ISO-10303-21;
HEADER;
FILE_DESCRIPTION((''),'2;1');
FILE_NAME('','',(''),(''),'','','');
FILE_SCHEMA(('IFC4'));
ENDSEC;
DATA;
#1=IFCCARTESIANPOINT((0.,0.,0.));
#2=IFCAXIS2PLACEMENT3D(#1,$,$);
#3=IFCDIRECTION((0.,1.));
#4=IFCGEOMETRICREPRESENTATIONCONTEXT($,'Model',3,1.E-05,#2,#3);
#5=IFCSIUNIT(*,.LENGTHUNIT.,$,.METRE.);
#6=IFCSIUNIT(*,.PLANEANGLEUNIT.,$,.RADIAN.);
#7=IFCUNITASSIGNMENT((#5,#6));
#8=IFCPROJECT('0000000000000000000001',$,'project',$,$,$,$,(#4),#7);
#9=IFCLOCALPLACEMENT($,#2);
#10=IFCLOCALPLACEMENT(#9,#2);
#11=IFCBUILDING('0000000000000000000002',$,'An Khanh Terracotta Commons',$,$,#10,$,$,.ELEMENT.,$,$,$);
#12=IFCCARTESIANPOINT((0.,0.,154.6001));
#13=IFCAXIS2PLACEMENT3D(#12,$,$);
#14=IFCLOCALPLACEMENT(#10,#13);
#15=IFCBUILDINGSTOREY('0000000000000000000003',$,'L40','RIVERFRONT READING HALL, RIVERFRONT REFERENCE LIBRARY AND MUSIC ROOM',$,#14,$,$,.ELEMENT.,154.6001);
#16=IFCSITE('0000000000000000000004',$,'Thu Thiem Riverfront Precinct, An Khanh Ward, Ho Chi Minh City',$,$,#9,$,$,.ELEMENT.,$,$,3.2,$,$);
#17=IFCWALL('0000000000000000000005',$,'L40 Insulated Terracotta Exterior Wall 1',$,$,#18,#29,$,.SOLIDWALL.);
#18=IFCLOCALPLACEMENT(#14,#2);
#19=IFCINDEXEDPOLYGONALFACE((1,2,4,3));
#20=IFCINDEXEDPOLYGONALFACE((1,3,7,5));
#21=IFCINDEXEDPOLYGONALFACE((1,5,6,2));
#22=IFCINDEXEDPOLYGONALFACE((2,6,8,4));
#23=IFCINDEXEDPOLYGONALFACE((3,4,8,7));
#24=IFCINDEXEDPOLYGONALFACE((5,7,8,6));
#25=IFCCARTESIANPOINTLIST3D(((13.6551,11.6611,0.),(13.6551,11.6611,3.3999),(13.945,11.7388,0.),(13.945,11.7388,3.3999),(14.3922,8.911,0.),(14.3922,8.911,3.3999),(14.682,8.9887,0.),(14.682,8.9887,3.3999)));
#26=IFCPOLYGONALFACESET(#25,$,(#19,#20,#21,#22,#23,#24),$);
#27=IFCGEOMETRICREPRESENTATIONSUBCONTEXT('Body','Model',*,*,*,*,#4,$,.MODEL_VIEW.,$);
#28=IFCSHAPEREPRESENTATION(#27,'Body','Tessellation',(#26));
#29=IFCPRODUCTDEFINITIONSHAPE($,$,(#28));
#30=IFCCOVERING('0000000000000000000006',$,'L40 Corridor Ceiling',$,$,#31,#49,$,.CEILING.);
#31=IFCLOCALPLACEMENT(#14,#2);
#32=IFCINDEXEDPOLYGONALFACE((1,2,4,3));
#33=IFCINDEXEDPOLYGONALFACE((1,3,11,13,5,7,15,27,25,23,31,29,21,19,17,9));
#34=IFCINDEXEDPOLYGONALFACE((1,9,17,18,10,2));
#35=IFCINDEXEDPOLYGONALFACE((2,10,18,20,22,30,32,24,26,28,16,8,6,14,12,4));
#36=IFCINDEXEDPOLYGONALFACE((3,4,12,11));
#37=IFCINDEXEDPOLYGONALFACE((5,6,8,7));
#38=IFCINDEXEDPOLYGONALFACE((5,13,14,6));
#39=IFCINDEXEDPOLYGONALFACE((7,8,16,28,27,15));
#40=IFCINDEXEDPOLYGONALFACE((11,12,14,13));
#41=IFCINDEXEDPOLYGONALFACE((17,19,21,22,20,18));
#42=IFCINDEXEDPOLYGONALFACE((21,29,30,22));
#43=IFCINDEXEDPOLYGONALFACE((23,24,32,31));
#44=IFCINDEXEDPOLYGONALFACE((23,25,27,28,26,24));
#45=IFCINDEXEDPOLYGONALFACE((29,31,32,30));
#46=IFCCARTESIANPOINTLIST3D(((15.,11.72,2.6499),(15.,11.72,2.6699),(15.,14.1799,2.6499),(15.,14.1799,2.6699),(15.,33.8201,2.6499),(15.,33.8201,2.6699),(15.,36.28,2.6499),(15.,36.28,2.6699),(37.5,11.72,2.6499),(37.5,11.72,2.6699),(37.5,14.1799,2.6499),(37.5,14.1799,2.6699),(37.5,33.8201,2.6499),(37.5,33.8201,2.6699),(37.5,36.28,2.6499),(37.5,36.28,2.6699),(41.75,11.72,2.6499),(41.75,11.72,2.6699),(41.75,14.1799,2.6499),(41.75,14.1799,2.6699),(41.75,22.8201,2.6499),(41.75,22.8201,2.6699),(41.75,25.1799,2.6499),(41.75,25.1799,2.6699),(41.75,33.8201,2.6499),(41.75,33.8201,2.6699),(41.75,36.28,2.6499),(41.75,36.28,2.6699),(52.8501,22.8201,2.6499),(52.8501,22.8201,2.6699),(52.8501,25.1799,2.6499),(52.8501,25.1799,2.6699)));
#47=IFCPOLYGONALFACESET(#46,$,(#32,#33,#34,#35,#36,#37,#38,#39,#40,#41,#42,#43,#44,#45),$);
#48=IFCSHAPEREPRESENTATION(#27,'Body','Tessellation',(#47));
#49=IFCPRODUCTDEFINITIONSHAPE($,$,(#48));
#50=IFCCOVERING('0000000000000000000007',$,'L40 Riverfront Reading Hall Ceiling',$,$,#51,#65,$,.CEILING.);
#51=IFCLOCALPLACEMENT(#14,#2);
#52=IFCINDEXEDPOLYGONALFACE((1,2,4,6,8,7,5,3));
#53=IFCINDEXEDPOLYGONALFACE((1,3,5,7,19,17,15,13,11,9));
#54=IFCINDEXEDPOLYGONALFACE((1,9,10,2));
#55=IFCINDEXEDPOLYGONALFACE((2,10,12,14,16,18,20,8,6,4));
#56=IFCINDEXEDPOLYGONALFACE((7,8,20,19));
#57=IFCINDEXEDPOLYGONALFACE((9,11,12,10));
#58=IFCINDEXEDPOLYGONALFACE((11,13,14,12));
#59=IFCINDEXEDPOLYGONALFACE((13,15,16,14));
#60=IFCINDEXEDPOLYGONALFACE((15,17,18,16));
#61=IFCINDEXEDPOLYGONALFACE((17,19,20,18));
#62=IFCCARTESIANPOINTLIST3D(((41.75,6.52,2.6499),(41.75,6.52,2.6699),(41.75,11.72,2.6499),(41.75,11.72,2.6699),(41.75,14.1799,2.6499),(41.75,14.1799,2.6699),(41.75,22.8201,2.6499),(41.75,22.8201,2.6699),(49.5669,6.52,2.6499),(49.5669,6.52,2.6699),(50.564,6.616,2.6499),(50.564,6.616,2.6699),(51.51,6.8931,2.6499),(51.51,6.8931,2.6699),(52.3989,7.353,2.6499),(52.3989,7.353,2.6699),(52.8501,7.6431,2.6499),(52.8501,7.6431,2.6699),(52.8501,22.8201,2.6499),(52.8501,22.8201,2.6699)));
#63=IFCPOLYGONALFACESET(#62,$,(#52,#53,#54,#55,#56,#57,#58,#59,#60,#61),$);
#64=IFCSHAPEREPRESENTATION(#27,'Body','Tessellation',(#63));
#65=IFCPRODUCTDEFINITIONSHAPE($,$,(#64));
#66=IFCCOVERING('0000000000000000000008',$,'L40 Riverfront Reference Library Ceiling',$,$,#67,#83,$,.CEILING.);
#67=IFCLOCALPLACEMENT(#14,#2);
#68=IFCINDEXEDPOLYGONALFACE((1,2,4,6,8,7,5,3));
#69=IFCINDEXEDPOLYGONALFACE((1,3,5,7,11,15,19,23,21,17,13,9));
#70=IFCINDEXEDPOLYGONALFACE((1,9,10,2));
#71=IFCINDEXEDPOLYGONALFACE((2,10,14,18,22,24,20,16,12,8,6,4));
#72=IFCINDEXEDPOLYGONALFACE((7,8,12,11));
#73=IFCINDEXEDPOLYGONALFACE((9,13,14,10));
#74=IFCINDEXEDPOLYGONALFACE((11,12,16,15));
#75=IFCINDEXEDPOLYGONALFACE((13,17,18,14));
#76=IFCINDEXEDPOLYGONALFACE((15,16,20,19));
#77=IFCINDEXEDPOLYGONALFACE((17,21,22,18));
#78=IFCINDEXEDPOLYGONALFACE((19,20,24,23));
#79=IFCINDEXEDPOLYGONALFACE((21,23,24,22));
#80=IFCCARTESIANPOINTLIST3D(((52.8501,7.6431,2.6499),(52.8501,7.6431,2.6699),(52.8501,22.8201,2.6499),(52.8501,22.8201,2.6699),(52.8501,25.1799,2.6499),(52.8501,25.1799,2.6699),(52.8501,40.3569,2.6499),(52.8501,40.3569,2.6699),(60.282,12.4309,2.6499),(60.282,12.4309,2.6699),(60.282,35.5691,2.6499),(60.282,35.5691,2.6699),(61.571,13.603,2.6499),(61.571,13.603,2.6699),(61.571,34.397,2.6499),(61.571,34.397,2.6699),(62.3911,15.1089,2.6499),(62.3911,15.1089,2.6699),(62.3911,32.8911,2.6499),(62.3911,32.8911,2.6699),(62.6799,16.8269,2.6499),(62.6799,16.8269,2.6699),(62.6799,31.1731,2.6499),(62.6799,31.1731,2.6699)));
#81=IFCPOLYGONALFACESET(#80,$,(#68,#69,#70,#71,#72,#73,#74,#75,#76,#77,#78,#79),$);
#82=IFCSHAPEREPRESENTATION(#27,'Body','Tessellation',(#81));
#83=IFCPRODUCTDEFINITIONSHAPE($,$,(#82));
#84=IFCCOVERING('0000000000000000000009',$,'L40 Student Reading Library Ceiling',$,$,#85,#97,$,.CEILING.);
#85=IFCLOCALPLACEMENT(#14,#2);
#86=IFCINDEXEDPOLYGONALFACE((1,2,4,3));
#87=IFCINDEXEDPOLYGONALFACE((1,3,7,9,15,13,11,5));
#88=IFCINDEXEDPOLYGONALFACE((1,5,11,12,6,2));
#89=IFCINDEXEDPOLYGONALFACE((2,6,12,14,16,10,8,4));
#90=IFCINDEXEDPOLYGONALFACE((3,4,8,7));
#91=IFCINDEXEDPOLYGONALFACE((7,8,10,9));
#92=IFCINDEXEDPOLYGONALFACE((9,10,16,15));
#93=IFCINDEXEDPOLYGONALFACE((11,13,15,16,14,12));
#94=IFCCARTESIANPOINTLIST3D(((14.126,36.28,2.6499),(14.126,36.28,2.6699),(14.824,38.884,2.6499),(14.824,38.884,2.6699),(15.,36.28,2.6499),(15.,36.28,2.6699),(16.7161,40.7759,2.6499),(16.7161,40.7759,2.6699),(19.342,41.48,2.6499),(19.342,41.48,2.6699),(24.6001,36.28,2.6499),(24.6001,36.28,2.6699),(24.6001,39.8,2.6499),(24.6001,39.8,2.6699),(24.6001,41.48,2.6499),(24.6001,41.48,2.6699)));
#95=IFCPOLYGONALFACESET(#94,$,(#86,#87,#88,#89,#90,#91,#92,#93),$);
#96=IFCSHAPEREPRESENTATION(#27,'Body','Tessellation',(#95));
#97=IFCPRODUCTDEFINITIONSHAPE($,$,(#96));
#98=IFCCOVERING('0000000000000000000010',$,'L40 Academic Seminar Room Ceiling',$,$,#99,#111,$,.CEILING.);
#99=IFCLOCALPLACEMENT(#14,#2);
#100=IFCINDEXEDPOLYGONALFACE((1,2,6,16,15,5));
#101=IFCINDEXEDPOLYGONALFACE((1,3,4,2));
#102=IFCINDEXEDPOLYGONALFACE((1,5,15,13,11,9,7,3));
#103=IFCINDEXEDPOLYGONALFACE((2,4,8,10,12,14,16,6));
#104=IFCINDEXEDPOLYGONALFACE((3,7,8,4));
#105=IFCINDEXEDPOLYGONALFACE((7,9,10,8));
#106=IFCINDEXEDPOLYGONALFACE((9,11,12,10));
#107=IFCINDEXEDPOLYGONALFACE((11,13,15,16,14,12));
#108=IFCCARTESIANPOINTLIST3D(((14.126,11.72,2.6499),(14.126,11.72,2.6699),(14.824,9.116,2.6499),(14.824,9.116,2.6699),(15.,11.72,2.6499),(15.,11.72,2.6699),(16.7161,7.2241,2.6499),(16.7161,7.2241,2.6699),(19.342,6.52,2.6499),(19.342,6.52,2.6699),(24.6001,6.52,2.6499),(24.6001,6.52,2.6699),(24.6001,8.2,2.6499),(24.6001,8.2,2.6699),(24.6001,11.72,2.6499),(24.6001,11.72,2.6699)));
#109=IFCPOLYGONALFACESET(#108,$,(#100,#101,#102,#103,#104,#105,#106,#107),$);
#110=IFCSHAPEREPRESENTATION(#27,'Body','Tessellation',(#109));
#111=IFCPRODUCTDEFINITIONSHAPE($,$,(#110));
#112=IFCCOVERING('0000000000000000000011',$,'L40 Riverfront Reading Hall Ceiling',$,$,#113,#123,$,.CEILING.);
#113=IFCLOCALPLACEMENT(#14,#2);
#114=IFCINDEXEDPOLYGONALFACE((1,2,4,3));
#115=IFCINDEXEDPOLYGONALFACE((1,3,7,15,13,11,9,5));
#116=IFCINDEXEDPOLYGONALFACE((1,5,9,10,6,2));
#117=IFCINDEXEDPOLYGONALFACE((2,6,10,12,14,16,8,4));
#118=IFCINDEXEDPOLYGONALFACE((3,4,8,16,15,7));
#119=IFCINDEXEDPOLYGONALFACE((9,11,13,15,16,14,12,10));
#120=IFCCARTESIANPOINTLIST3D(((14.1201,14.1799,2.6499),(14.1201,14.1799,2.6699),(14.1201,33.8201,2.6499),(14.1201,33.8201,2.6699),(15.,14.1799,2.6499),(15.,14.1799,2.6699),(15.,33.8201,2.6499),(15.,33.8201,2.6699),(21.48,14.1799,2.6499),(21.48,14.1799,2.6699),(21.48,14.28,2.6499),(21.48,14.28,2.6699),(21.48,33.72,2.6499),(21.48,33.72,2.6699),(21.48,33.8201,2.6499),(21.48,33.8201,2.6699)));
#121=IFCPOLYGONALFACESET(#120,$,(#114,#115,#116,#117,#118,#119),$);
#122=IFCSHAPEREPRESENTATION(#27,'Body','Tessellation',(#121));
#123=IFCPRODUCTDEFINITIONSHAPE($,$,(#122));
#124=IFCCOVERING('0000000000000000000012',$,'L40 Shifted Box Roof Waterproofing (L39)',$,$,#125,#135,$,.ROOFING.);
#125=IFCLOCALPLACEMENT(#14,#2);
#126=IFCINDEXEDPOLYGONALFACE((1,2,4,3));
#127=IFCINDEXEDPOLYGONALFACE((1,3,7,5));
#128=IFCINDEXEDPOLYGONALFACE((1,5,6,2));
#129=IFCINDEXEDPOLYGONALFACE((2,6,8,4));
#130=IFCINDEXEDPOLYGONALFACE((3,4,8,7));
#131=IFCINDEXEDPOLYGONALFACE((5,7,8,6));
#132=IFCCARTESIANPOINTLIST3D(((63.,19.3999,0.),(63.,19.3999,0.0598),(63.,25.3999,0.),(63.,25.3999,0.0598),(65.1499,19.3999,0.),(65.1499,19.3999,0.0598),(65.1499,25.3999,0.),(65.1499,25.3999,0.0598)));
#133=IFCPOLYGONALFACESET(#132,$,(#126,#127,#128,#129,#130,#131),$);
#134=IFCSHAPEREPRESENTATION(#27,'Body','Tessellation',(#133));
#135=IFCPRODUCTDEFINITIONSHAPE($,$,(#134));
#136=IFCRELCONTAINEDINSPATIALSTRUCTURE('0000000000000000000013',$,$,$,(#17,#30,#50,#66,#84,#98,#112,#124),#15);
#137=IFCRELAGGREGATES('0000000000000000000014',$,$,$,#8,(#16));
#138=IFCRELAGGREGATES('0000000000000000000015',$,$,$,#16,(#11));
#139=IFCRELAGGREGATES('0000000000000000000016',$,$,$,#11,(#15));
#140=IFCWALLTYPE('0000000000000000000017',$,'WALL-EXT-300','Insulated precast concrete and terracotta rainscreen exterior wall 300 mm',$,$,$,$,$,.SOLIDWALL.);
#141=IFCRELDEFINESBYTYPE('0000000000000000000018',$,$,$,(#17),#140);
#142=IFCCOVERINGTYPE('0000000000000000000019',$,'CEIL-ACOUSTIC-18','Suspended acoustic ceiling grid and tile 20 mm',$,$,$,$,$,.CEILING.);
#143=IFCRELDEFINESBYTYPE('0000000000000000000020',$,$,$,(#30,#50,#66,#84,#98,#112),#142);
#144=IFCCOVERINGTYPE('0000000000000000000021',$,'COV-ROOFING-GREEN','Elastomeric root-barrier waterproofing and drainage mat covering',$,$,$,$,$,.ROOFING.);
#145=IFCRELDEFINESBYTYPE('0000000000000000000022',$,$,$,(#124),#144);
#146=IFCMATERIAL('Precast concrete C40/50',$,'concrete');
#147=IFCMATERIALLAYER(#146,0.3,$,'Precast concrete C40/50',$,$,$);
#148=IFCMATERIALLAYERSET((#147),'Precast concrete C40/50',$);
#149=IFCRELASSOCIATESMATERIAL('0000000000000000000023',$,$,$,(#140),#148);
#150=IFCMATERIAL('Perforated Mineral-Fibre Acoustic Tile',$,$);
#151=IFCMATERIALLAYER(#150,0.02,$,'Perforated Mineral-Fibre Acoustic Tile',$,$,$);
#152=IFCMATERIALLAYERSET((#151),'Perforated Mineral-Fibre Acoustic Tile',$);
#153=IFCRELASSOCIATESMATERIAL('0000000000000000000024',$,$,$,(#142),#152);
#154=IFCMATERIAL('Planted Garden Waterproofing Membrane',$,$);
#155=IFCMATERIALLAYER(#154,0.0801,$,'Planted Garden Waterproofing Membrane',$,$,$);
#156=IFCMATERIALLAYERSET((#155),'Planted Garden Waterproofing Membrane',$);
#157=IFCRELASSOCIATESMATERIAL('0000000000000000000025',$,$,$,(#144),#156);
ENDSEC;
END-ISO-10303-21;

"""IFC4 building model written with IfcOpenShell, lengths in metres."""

from ifc_helpers import new_model, si_unit, direction, frame, frame_2d, origin, place, context, subcontext, project, spatial, polyline, rectangle, outline, extrude, material, layer, layer_set, type_object, element, save


model = new_model("IFC4")

# Units and contexts
model_context = context("Model", 3, precision=1e-05, world=origin(), true_north=direction((0.0, 1.0)))
body_context = subcontext(model_context, "Body", "Model", "MODEL_VIEW")
ifc_project = project(units=[si_unit("LENGTHUNIT", "METRE"), si_unit("PLANEANGLEUNIT", "RADIAN")], contexts=[model_context])

# Site, building, storey
site_placement = place(None, origin())
site = spatial("IfcSite", under=ifc_project, at=site_placement, Name="Thu Thiem Riverfront Precinct, An Khanh Ward, Ho Chi Minh City", CompositionType="ELEMENT", RefElevation=3.2)
building_placement = place(site_placement, origin())
building = spatial("IfcBuilding", under=site, at=building_placement, Name="An Khanh Terracotta Commons", CompositionType="ELEMENT")
storey_placement = place(building_placement, frame((0.0, 0.0, 154.6001)))
storey = spatial("IfcBuildingStorey", under=building, at=storey_placement, Name="L40", Description="RIVERFRONT READING HALL, RIVERFRONT REFERENCE LIBRARY AND MUSIC ROOM", CompositionType="ELEMENT", Elevation=154.6001)

# Shared definitions
ifc_material_1 = material(Name="Precast concrete C40/50", Category="concrete")

# Wall
ifc_layer_1 = layer(ifc_material_1, 0.3, Name="Precast concrete C40/50")
ifc_layer_set_1 = layer_set([ifc_layer_1], Name="Precast concrete C40/50")
wall_type_1 = type_object("IfcWallType", Name="WALL-EXT-300", Description="Insulated precast concrete and terracotta rainscreen exterior wall 300 mm", PredefinedType="SOLIDWALL", material=ifc_layer_set_1)
wall_1_placement = place(storey_placement, frame((13.8, 11.7, 0.0), z_axis=(0.0, 0.0, 1.0), x_axis=(0.258885, -0.965908, 0.0)))
element("IfcWall", 1, at=wall_1_placement, inside=storey, type_object=wall_type_1, Name="L40 Insulated Terracotta Exterior Wall 1", PredefinedType="SOLIDWALL", context=body_context, shape_type="SweptSolid", body=[
    extrude(rectangle(XDim=2.8472, YDim=0.3, at=frame_2d((1.4236, 0.0))), origin(), (0.0, 0.0, 1.0), 3.3999),
])

# Coverings
ifc_material_2 = material(Name="Perforated Mineral-Fibre Acoustic Tile")
ifc_layer_2 = layer(ifc_material_2, 0.02, Name="Perforated Mineral-Fibre Acoustic Tile")
ifc_layer_set_2 = layer_set([ifc_layer_2], Name="Perforated Mineral-Fibre Acoustic Tile")
covering_type_1 = type_object("IfcCoveringType", Name="CEIL-ACOUSTIC-18", Description="Suspended acoustic ceiling grid and tile 20 mm", PredefinedType="CEILING", material=ifc_layer_set_2)
covering_1_placement = place(storey_placement, frame((0.0, 0.0, 2.6499)))
element("IfcCovering", 2, at=covering_1_placement, inside=storey, type_object=covering_type_1, Name="L40 Corridor Ceiling", PredefinedType="CEILING", context=body_context, shape_type="SweptSolid", body=[
    extrude(outline(polyline([(15.0, 11.72), (15.0, 14.1799), (37.5, 14.1799), (37.5, 33.8201), (15.0, 33.8201), (15.0, 36.28), (37.5, 36.28), (41.75, 36.28), (41.75, 33.8201), (41.75, 25.1799), (52.8501, 25.1799), (52.8501, 22.8201), (41.75, 22.8201), (41.75, 14.1799), (41.75, 11.72), (37.5, 11.72), (15.0, 11.72)])), origin(), (0.0, 0.0, 1.0), 0.02),
])
covering_2_placement = place(storey_placement, frame((0.0, 0.0, 2.6499)))
element("IfcCovering", 3, at=covering_2_placement, inside=storey, type_object=covering_type_1, Name="L40 Riverfront Reading Hall Ceiling", PredefinedType="CEILING", context=body_context, shape_type="SweptSolid", body=[
    extrude(outline(polyline([(52.3989, 7.353), (51.51, 6.8931), (50.564, 6.616), (49.5669, 6.52), (41.75, 6.52), (41.75, 11.72), (41.75, 14.1799), (41.75, 22.8201), (52.8501, 22.8201), (52.8501, 7.6431), (52.3989, 7.353)])), origin(), (0.0, 0.0, 1.0), 0.02),
])
covering_3_placement = place(storey_placement, frame((0.0, 0.0, 2.6499)))
element("IfcCovering", 4, at=covering_3_placement, inside=storey, type_object=covering_type_1, Name="L40 Riverfront Reference Library Ceiling", PredefinedType="CEILING", context=body_context, shape_type="SweptSolid", body=[
    extrude(outline(polyline([(60.282, 35.5691), (61.571, 34.397), (62.3911, 32.8911), (62.6799, 31.1731), (62.6799, 16.8269), (62.3911, 15.1089), (61.571, 13.603), (60.282, 12.4309), (52.8501, 7.6431), (52.8501, 22.8201), (52.8501, 25.1799), (52.8501, 40.3569), (60.282, 35.5691)])), origin(), (0.0, 0.0, 1.0), 0.02),
])
covering_4_placement = place(storey_placement, frame((0.0, 0.0, 2.6499)))
element("IfcCovering", 5, at=covering_4_placement, inside=storey, type_object=covering_type_1, Name="L40 Student Reading Library Ceiling", PredefinedType="CEILING", context=body_context, shape_type="SweptSolid", body=[
    extrude(outline(polyline([(19.342, 41.48), (24.6001, 41.48), (24.6001, 39.8), (24.6001, 36.28), (15.0, 36.28), (14.126, 36.28), (14.824, 38.884), (16.7161, 40.7759), (19.342, 41.48)])), origin(), (0.0, 0.0, 1.0), 0.02),
])
covering_5_placement = place(storey_placement, frame((0.0, 0.0, 2.6499)))
element("IfcCovering", 6, at=covering_5_placement, inside=storey, type_object=covering_type_1, Name="L40 Academic Seminar Room Ceiling", PredefinedType="CEILING", context=body_context, shape_type="SweptSolid", body=[
    extrude(outline(polyline([(19.342, 6.52), (16.7161, 7.2241), (14.824, 9.116), (14.126, 11.72), (15.0, 11.72), (24.6001, 11.72), (24.6001, 8.2), (24.6001, 6.52), (19.342, 6.52)])), origin(), (0.0, 0.0, 1.0), 0.02),
])
covering_6_placement = place(storey_placement, frame((0.0, 0.0, 2.6499)))
element("IfcCovering", 7, at=covering_6_placement, inside=storey, type_object=covering_type_1, Name="L40 Riverfront Reading Hall Ceiling", PredefinedType="CEILING", context=body_context, shape_type="SweptSolid", body=[
    extrude(outline(polyline([(14.1201, 33.8201), (15.0, 33.8201), (21.48, 33.8201), (21.48, 33.72), (21.48, 14.28), (21.48, 14.1799), (15.0, 14.1799), (14.1201, 14.1799), (14.1201, 33.8201)])), origin(), (0.0, 0.0, 1.0), 0.02),
])
ifc_material_3 = material(Name="Planted Garden Waterproofing Membrane")
ifc_layer_3 = layer(ifc_material_3, 0.0801, Name="Planted Garden Waterproofing Membrane")
ifc_layer_set_3 = layer_set([ifc_layer_3], Name="Planted Garden Waterproofing Membrane")
covering_type_2 = type_object("IfcCoveringType", Name="COV-ROOFING-GREEN", Description="Elastomeric root-barrier waterproofing and drainage mat covering", PredefinedType="ROOFING", material=ifc_layer_set_3)
covering_7_placement = place(storey_placement, origin())
element("IfcCovering", 8, at=covering_7_placement, inside=storey, type_object=covering_type_2, Name="L40 Shifted Box Roof Waterproofing (L39)", PredefinedType="ROOFING", context=body_context, shape_type="SweptSolid", body=[
    extrude(outline(polyline([(63.0, 19.3999), (65.1499, 19.3999), (65.1499, 25.3999), (63.0, 25.3999), (63.0, 19.3999)])), origin(), (0.0, 0.0, 1.0), 0.0598),
])

save(model, "model.ifc")
